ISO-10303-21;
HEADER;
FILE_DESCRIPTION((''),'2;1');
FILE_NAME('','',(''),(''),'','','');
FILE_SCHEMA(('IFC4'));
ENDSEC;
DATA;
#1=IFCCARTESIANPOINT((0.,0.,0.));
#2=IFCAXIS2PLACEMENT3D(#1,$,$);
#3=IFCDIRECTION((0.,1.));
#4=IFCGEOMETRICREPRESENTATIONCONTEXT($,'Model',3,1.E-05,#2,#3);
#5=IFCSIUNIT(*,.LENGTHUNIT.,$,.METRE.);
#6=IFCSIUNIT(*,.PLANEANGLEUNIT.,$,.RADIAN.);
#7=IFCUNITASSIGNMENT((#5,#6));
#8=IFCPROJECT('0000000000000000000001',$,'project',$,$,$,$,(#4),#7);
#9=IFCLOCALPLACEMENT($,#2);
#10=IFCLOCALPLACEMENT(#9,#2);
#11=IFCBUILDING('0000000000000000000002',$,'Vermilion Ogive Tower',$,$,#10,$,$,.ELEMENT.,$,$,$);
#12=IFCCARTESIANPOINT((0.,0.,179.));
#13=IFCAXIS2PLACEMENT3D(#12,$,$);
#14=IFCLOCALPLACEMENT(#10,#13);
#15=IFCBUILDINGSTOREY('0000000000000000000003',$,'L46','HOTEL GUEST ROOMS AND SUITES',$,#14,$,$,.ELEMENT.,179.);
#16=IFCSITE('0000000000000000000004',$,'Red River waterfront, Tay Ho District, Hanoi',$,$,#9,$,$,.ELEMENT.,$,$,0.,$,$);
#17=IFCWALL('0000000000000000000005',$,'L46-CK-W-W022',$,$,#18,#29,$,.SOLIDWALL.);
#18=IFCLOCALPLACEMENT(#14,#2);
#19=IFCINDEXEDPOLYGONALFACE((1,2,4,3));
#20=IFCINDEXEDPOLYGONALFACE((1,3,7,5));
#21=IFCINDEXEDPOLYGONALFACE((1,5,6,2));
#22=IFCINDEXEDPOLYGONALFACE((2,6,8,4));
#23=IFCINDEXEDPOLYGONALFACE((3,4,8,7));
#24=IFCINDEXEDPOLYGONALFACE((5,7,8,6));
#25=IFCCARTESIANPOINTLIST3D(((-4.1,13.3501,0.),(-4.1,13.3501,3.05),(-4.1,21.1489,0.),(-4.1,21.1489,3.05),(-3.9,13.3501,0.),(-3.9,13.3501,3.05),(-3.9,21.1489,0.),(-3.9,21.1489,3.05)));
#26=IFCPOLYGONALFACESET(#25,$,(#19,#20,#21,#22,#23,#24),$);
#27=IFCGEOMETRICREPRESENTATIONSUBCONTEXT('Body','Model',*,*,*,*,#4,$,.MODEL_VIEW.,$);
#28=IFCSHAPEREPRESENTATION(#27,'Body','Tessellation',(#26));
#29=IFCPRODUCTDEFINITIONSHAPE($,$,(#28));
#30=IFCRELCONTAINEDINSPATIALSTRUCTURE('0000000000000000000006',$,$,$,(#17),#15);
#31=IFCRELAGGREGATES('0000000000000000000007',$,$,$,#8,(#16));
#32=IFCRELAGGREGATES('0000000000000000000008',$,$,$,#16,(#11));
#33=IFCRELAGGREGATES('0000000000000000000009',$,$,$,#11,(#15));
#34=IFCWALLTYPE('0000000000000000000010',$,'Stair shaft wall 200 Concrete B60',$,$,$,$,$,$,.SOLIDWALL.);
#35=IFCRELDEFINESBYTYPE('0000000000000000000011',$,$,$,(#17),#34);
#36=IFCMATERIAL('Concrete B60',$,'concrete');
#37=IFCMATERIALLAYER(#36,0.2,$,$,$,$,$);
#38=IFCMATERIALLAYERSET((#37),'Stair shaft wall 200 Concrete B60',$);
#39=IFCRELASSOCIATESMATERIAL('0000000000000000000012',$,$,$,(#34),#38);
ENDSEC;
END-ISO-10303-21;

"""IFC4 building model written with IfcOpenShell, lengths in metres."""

from ifc_helpers import new_model, si_unit, direction, frame, frame_2d, origin, place, context, subcontext, project, spatial, rectangle, extrude, material, layer, layer_set, type_object, element, save


model = new_model("IFC4")

# Units and contexts
model_context = context("Model", 3, precision=1e-05, world=origin(), true_north=direction((0.0, 1.0)))
body_context = subcontext(model_context, "Body", "Model", "MODEL_VIEW")
ifc_project = project(units=[si_unit("LENGTHUNIT", "METRE"), si_unit("PLANEANGLEUNIT", "RADIAN")], contexts=[model_context])

# Site, building, storey
site_placement = place(None, origin())
site = spatial("IfcSite", under=ifc_project, at=site_placement, Name="Red River waterfront, Tay Ho District, Hanoi", CompositionType="ELEMENT", RefElevation=0.0)
building_placement = place(site_placement, origin())
building = spatial("IfcBuilding", under=site, at=building_placement, Name="Vermilion Ogive Tower", CompositionType="ELEMENT")
storey_placement = place(building_placement, frame((0.0, 0.0, 179.0)))
storey = spatial("IfcBuildingStorey", under=building, at=storey_placement, Name="L46", Description="HOTEL GUEST ROOMS AND SUITES", CompositionType="ELEMENT", Elevation=179.0)

# Shared definitions
ifc_material_1 = material(Name="Concrete B60", Category="concrete")
ifc_layer_1 = layer(ifc_material_1, 0.2)
ifc_layer_set_1 = layer_set([ifc_layer_1], Name="Stair shaft wall 200 Concrete B60")
wall_type_1 = type_object("IfcWallType", Name="Stair shaft wall 200 Concrete B60", PredefinedType="SOLIDWALL", material=ifc_layer_set_1)

# Wall
wall_1_placement = place(storey_placement, frame((-4.0, 13.3501, 0.0), z_axis=(0.0, 0.0, 1.0), x_axis=(0.0, 1.0, 0.0)))
element("IfcWall", 1, at=wall_1_placement, inside=storey, type_object=wall_type_1, Name="L46-CK-W-W022", PredefinedType="SOLIDWALL", context=body_context, shape_type="SweptSolid", body=[
    extrude(rectangle(XDim=7.7988, YDim=0.2, at=frame_2d((3.8994, 0.0))), origin(), (0.0, 0.0, 1.0), 3.05),
])

save(model, "model.ifc")
